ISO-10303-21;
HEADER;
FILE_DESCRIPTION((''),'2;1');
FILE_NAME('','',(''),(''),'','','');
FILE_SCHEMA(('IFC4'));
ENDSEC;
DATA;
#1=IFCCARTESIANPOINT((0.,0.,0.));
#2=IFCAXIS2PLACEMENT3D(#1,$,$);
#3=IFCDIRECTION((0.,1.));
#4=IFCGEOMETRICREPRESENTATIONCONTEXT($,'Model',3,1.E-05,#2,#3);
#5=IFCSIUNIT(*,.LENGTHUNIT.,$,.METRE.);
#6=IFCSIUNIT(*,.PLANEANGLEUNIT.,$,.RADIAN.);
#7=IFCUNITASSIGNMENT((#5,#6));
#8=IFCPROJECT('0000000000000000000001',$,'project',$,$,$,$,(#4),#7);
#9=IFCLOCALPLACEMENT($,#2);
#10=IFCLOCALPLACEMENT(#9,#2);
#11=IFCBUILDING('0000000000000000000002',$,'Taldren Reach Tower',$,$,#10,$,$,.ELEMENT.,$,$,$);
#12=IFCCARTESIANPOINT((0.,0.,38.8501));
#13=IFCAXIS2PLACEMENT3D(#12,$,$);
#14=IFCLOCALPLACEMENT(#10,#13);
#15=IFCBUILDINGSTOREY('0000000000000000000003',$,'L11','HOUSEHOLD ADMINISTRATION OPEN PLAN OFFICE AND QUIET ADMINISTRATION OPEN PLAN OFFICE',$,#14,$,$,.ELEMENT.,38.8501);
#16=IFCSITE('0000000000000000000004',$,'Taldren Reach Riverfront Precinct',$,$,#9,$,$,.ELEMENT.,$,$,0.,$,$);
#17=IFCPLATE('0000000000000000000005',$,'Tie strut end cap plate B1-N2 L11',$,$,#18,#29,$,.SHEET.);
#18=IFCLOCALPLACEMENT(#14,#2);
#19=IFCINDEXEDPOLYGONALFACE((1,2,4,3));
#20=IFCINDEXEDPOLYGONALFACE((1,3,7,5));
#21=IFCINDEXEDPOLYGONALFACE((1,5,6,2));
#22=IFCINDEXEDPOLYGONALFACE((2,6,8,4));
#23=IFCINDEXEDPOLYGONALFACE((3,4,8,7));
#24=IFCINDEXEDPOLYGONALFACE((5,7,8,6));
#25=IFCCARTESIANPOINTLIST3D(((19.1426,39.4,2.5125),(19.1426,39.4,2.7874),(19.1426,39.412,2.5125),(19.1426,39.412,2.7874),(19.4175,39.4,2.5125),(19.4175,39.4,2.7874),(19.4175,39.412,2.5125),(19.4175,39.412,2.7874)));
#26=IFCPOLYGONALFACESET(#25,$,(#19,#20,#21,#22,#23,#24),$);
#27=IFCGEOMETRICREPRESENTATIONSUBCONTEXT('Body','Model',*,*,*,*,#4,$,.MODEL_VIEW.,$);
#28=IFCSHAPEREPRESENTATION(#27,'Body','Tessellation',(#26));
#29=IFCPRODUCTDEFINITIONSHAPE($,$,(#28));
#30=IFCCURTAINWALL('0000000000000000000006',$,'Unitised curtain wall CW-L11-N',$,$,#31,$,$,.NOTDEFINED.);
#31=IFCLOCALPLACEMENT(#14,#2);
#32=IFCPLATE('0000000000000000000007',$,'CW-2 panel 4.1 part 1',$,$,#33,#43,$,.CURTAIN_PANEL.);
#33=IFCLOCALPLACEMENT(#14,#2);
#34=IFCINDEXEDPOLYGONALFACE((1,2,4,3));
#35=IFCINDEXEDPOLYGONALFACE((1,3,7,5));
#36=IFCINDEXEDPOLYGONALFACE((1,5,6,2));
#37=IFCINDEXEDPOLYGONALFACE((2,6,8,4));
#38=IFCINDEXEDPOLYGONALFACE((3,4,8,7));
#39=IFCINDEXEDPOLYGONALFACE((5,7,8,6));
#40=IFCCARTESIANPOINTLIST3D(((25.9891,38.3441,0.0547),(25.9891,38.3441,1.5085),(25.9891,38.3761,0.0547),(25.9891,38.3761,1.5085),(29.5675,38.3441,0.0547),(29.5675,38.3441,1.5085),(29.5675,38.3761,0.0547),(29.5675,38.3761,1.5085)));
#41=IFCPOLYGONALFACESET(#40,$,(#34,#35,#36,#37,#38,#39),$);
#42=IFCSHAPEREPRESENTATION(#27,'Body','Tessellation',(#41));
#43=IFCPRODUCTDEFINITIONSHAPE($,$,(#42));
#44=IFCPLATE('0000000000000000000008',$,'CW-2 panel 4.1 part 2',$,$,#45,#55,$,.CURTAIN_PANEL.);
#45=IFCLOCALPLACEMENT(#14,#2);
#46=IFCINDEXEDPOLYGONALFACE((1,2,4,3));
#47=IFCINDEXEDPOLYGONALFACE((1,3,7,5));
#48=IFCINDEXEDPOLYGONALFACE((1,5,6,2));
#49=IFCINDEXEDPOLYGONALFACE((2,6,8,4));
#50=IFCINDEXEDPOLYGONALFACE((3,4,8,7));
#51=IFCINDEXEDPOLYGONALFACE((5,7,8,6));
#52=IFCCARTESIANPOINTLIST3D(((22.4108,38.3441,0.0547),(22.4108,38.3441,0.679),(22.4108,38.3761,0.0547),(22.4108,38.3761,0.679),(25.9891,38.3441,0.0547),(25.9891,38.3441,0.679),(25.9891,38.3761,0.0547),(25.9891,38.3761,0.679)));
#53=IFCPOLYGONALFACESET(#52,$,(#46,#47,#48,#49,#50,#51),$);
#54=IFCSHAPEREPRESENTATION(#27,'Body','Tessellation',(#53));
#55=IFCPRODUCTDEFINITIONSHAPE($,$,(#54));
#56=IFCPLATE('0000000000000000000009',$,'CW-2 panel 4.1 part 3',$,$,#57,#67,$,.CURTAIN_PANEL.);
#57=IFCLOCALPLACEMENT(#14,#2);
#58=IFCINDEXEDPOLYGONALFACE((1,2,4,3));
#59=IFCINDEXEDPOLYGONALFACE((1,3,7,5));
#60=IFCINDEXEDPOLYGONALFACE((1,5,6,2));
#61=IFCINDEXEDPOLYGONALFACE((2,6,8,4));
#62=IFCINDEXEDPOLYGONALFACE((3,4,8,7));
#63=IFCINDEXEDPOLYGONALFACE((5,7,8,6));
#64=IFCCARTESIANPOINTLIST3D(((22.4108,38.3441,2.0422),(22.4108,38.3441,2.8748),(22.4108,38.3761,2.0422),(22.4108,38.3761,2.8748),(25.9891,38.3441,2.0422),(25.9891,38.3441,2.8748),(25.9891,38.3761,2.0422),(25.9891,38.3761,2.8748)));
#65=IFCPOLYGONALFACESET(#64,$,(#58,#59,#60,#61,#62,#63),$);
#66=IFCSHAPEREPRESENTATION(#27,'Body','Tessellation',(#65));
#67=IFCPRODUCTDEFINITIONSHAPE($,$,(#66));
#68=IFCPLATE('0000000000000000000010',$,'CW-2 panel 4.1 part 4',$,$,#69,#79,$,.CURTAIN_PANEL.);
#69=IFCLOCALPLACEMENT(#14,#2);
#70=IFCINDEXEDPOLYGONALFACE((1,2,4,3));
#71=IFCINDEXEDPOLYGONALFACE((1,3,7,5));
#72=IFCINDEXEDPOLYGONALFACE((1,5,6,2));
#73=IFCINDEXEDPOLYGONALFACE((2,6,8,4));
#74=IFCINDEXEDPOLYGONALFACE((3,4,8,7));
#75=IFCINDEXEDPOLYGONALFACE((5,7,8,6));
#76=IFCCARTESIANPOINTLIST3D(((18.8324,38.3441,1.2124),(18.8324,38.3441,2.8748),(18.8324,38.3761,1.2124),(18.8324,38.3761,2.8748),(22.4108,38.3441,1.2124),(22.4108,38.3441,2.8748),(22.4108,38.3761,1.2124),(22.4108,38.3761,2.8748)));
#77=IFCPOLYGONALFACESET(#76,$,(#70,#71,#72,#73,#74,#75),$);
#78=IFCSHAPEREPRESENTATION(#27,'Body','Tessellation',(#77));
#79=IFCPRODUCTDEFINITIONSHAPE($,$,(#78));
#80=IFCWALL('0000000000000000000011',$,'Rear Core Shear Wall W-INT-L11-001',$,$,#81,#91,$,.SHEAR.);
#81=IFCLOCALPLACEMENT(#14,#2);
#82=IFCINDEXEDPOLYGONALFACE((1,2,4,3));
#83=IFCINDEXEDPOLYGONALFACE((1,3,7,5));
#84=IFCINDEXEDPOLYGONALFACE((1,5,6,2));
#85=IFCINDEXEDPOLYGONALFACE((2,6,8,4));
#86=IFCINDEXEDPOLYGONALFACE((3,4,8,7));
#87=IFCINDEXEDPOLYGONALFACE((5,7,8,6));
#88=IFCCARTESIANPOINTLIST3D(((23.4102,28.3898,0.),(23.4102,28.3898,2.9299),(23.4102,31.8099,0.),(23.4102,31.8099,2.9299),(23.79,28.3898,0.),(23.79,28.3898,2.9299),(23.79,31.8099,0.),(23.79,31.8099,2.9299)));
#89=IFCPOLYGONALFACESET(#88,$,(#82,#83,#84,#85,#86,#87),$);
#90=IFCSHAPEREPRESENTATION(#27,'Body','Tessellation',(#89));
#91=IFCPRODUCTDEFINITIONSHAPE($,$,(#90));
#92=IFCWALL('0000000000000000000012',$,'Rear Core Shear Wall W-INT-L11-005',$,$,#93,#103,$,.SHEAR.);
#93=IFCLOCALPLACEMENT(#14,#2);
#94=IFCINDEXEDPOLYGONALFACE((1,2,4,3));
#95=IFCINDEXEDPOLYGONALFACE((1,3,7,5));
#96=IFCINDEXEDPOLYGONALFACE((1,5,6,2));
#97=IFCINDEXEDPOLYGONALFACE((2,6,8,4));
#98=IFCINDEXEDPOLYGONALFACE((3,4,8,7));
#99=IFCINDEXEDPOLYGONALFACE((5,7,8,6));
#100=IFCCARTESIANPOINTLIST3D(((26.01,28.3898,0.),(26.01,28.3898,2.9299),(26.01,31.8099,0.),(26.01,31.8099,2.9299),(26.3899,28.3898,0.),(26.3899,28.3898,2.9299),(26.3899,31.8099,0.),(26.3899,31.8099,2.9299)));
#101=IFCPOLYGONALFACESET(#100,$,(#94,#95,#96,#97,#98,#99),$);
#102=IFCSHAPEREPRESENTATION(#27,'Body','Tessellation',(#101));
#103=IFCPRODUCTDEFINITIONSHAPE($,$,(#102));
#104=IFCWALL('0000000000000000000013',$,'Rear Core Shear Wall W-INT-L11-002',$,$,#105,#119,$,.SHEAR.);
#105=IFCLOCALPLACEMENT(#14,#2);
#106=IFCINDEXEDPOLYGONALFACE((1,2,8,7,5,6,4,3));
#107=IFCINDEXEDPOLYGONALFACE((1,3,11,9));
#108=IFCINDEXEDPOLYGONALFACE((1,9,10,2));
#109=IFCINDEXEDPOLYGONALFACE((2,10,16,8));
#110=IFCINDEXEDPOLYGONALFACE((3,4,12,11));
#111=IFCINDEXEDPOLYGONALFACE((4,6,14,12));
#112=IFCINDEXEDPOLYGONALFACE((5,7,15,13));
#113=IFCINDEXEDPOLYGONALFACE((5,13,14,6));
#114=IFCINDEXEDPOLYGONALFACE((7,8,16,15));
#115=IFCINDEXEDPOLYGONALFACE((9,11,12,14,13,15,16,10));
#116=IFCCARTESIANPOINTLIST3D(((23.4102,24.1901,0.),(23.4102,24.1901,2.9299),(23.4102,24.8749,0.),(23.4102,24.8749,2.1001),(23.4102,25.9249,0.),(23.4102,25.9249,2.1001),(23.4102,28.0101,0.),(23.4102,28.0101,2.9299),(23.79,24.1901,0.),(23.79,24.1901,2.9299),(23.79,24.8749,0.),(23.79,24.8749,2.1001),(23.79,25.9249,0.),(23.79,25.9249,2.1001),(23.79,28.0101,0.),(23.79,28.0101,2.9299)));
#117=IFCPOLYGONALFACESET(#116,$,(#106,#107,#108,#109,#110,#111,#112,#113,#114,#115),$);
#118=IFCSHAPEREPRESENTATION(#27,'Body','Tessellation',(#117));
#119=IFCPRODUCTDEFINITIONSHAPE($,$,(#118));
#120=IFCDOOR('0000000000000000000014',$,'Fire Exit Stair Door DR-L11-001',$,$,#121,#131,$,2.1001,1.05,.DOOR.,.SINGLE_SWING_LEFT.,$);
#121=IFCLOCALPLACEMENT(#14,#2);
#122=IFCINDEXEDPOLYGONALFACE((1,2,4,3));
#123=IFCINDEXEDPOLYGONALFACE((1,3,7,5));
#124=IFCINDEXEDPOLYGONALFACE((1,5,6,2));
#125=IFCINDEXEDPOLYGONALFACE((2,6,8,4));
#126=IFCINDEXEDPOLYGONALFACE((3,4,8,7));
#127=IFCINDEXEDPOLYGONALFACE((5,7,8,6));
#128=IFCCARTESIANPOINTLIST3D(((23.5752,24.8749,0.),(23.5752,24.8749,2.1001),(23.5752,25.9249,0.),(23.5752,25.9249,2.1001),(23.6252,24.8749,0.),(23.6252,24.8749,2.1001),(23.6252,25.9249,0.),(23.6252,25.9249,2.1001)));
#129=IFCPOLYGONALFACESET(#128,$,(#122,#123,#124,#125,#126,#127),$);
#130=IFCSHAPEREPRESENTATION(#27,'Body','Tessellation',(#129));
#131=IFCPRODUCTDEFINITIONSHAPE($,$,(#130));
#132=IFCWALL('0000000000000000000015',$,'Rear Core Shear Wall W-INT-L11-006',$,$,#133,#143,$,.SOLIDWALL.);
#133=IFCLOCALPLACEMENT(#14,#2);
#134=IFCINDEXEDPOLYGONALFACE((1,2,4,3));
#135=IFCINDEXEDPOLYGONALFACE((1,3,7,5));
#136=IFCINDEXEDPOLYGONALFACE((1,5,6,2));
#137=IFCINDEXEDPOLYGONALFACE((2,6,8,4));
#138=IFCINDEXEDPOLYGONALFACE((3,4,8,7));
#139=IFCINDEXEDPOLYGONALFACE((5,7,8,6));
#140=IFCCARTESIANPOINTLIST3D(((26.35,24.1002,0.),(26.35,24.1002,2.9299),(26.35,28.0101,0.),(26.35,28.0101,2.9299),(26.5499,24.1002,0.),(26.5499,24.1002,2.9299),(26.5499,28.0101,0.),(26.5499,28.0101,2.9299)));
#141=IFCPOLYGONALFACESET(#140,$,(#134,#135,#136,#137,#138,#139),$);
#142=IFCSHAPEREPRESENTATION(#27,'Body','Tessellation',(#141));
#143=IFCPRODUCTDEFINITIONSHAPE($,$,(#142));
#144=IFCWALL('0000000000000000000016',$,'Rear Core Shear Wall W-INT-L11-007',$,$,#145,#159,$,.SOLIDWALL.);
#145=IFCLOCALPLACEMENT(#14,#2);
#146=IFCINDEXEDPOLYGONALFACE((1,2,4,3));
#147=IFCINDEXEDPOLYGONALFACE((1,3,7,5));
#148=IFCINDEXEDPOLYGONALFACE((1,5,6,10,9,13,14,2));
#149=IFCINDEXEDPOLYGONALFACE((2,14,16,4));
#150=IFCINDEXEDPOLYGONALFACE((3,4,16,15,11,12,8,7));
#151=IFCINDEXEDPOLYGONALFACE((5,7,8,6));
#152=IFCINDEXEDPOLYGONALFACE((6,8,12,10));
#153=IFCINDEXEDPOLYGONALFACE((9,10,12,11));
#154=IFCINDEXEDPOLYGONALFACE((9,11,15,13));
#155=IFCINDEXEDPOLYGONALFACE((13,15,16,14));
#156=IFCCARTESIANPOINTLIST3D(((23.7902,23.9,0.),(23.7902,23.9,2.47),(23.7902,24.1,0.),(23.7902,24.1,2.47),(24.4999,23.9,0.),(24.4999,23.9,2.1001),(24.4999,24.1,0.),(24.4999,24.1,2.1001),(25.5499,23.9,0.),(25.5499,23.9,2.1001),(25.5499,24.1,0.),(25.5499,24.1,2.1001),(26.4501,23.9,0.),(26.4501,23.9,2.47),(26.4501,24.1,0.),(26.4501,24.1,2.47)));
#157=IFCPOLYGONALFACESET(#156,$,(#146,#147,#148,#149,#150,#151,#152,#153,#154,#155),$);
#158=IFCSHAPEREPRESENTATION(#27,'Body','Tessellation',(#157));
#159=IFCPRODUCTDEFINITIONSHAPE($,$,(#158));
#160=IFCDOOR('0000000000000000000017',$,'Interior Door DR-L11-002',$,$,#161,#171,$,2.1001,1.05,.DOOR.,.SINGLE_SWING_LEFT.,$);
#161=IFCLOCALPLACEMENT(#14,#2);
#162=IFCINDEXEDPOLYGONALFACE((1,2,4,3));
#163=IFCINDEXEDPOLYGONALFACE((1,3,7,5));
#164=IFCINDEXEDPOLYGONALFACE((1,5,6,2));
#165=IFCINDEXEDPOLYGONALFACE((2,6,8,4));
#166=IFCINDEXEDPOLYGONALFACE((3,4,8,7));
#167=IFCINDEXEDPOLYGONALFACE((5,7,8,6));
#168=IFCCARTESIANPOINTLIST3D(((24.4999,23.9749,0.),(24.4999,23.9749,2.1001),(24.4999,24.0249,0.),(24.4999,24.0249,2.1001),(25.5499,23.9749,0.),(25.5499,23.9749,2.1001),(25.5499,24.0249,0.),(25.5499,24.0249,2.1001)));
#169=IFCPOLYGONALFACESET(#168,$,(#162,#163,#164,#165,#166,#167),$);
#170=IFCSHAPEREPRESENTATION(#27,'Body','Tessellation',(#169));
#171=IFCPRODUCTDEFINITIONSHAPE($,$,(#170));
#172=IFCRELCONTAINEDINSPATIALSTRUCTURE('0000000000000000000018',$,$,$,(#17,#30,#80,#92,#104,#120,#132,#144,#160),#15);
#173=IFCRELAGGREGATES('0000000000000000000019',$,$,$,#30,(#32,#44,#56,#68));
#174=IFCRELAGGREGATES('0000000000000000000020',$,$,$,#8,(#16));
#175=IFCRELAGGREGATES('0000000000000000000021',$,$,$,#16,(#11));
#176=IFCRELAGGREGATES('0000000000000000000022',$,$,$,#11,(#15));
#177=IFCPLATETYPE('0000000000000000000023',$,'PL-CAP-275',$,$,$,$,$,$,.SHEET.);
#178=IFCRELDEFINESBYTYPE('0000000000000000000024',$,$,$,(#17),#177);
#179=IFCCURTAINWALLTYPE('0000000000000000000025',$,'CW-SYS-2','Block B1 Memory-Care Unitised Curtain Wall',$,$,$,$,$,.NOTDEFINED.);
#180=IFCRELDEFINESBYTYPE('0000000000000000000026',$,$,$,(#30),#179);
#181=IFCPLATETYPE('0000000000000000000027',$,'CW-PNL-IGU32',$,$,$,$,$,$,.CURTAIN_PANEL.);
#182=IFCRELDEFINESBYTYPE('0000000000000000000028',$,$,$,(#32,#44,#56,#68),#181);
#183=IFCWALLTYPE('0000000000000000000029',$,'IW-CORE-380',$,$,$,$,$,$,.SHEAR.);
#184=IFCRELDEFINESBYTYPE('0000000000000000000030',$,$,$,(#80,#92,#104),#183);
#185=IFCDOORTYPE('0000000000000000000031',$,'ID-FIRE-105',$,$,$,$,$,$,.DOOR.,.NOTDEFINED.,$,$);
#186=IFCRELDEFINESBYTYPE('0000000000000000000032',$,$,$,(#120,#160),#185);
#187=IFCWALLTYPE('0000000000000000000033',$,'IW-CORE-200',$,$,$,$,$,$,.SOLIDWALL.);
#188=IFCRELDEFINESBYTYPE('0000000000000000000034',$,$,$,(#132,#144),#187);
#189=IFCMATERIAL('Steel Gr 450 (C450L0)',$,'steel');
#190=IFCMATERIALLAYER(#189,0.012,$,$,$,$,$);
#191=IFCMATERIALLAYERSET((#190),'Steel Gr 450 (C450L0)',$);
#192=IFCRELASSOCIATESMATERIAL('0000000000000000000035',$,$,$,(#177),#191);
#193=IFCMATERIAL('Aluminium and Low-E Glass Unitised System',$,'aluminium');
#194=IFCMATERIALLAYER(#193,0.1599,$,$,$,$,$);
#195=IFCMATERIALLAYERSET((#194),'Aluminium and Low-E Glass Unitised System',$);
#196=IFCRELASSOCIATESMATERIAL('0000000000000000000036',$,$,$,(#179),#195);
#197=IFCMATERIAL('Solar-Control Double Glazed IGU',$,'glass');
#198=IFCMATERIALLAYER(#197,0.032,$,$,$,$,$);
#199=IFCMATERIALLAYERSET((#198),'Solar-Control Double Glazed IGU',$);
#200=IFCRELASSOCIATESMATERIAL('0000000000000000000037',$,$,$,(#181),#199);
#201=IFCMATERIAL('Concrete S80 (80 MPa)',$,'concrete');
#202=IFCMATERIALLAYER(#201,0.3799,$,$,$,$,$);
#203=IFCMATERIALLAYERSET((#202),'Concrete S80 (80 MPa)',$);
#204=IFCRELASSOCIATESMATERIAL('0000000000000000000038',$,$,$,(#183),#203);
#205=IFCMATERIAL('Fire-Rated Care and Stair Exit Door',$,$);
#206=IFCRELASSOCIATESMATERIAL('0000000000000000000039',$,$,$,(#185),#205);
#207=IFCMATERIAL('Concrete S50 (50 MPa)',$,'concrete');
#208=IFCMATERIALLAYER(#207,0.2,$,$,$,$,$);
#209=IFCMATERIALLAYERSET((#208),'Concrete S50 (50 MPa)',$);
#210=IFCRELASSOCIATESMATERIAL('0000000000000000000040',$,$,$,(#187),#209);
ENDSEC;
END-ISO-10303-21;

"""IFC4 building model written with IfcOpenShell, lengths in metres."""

from ifc_helpers import new_model, si_unit, direction, frame, frame_2d, origin, origin_2d, place, context, subcontext, project, spatial, rectangle, extrude, source, transform, mapped, material, layer, layer_set, type_object, element, fill, aggregate, save


model = new_model("IFC4")

# Units and contexts
model_context = context("Model", 3, precision=1e-05, world=origin(), true_north=direction((0.0, 1.0)))
body_context = subcontext(model_context, "Body", "Model", "MODEL_VIEW")
ifc_project = project(units=[si_unit("LENGTHUNIT", "METRE"), si_unit("PLANEANGLEUNIT", "RADIAN")], contexts=[model_context])

# Site, building, storey
site_placement = place(None, origin())
site = spatial("IfcSite", under=ifc_project, at=site_placement, Name="Taldren Reach Riverfront Precinct", CompositionType="ELEMENT", RefElevation=0.0)
building_placement = place(site_placement, origin())
building = spatial("IfcBuilding", under=site, at=building_placement, Name="Taldren Reach Tower", CompositionType="ELEMENT")
storey_placement = place(building_placement, frame((0.0, 0.0, 38.8501)))
storey = spatial("IfcBuildingStorey", under=building, at=storey_placement, Name="L11", Description="HOUSEHOLD ADMINISTRATION OPEN PLAN OFFICE AND QUIET ADMINISTRATION OPEN PLAN OFFICE", CompositionType="ELEMENT", Elevation=38.8501)

# Shared definitions
ifc_material_1 = material(Name="Steel Gr 450 (C450L0)", Category="steel")

# Plate
ifc_layer_1 = layer(ifc_material_1, 0.012)
ifc_layer_set_1 = layer_set([ifc_layer_1], Name="Steel Gr 450 (C450L0)")
plate_type_1 = type_object("IfcPlateType", Name="PL-CAP-275", PredefinedType="SHEET", material=ifc_layer_set_1)
shared_shape_1 = source(origin(), body_context, "Body", "SweptSolid", [
    extrude(rectangle(XDim=0.2749, YDim=0.012, at=origin_2d()), origin(), (0.0, 0.0, 1.0), 0.2749),
])
plate_1_placement = place(storey_placement, frame((19.28, 39.406, 2.5125), z_axis=(0.0, 0.0, 1.0), x_axis=(1.0, 0.0, 0.0)))
element("IfcPlate", 1, at=plate_1_placement, inside=storey, type_object=plate_type_1, Name="Tie strut end cap plate B1-N2 L11", PredefinedType="SHEET", context=body_context, shape_type="MappedRepresentation", body=[
    mapped(shared_shape_1, transform((0.0, 0.0, 0.0), scale=1.0)),
])

# Curtain wall, plates
ifc_material_2 = material(Name="Aluminium and Low-E Glass Unitised System", Category="aluminium")
ifc_layer_2 = layer(ifc_material_2, 0.1599)
ifc_layer_set_2 = layer_set([ifc_layer_2], Name="Aluminium and Low-E Glass Unitised System")
curtain_wall_type = type_object("IfcCurtainWallType", Name="CW-SYS-2", Description="Block B1 Memory-Care Unitised Curtain Wall", PredefinedType="NOTDEFINED", material=ifc_layer_set_2)
curtain_wall_placement = place(storey_placement, origin())
curtain_wall = element("IfcCurtainWall", 2, at=curtain_wall_placement, inside=storey, type_object=curtain_wall_type, Name="Unitised curtain wall CW-L11-N", PredefinedType="NOTDEFINED")
ifc_material_3 = material(Name="Solar-Control Double Glazed IGU", Category="glass")
ifc_layer_3 = layer(ifc_material_3, 0.032)
ifc_layer_set_3 = layer_set([ifc_layer_3], Name="Solar-Control Double Glazed IGU")
plate_type_2 = type_object("IfcPlateType", Name="CW-PNL-IGU32", PredefinedType="CURTAIN_PANEL", material=ifc_layer_set_3)
shared_shape_2 = source(origin(), body_context, "Body", "SweptSolid", [
    extrude(rectangle(XDim=3.5784, YDim=0.032, at=origin_2d()), origin(), (0.0, 0.0, 1.0), 1.4539),
])
plate_2_placement = place(storey_placement, frame((27.7783, 38.3601, 0.0547), z_axis=(0.0, 0.0, 1.0), x_axis=(-1.0, 0.0, 0.0)))
plate_2 = element("IfcPlate", 3, at=plate_2_placement, type_object=plate_type_2, Name="CW-2 panel 4.1 part 1", PredefinedType="CURTAIN_PANEL", context=body_context, shape_type="MappedRepresentation", body=[
    mapped(shared_shape_2, transform((0.0, 0.0, 0.0), scale=1.0)),
])
shared_shape_3 = source(origin(), body_context, "Body", "SweptSolid", [
    extrude(rectangle(XDim=3.5784, YDim=0.032, at=origin_2d()), origin(), (0.0, 0.0, 1.0), 0.6243),
])
plate_3_placement = place(storey_placement, frame((24.2, 38.3601, 0.0547), z_axis=(0.0, 0.0, 1.0), x_axis=(-1.0, 0.0, 0.0)))
plate_3 = element("IfcPlate", 4, at=plate_3_placement, type_object=plate_type_2, Name="CW-2 panel 4.1 part 2", PredefinedType="CURTAIN_PANEL", context=body_context, shape_type="MappedRepresentation", body=[
    mapped(shared_shape_3, transform((0.0, 0.0, 0.0), scale=1.0)),
])
shared_shape_4 = source(origin(), body_context, "Body", "SweptSolid", [
    extrude(rectangle(XDim=3.5784, YDim=0.032, at=origin_2d()), origin(), (0.0, 0.0, 1.0), 0.8325),
])
plate_4_placement = place(storey_placement, frame((24.2, 38.3601, 2.0422), z_axis=(0.0, 0.0, 1.0), x_axis=(-1.0, 0.0, 0.0)))
plate_4 = element("IfcPlate", 5, at=plate_4_placement, type_object=plate_type_2, Name="CW-2 panel 4.1 part 3", PredefinedType="CURTAIN_PANEL", context=body_context, shape_type="MappedRepresentation", body=[
    mapped(shared_shape_4, transform((0.0, 0.0, 0.0), scale=1.0)),
])
shared_shape_5 = source(origin(), body_context, "Body", "SweptSolid", [
    extrude(rectangle(XDim=3.5784, YDim=0.032, at=origin_2d()), origin(), (0.0, 0.0, 1.0), 1.6624),
])
plate_5_placement = place(storey_placement, frame((20.6216, 38.3601, 1.2124), z_axis=(0.0, 0.0, 1.0), x_axis=(-1.0, 0.0, 0.0)))
plate_5 = element("IfcPlate", 6, at=plate_5_placement, type_object=plate_type_2, Name="CW-2 panel 4.1 part 4", PredefinedType="CURTAIN_PANEL", context=body_context, shape_type="MappedRepresentation", body=[
    mapped(shared_shape_5, transform((0.0, 0.0, 0.0), scale=1.0)),
])
aggregate(curtain_wall, [plate_2, plate_3, plate_4, plate_5])

# Walls
ifc_material_4 = material(Name="Concrete S80 (80 MPa)", Category="concrete")
ifc_layer_4 = layer(ifc_material_4, 0.3799)
ifc_layer_set_4 = layer_set([ifc_layer_4], Name="Concrete S80 (80 MPa)")
wall_type_1 = type_object("IfcWallType", Name="IW-CORE-380", PredefinedType="SHEAR", material=ifc_layer_set_4)
shared_shape_6 = source(origin(), body_context, "Body", "SweptSolid", [
    extrude(rectangle(XDim=3.4202, YDim=0.3799, at=frame_2d((1.71, 0.0))), origin(), (0.0, 0.0, 1.0), 2.9299),
])
for number, where, z_axis, x_axis, name in (
    (7, (23.6001, 28.3899, 0.0), (0.0, 0.0, 1.0), (0.0, 1.0, 0.0), "Rear Core Shear Wall W-INT-L11-001"),
    (8, (26.2, 28.3899, 0.0), (0.0, 0.0, 1.0), (0.0, 1.0, 0.0), "Rear Core Shear Wall W-INT-L11-005"),
):
    element("IfcWall", number, at=place(storey_placement, frame(where, z_axis=z_axis, x_axis=x_axis)), inside=storey, type_object=wall_type_1, Name=name, PredefinedType="SHEAR", context=body_context, shape_type="MappedRepresentation", body=[
        mapped(shared_shape_6, transform((0.0, 0.0, 0.0), scale=1.0)),
    ])

# Wall, opening, door
shared_shape_7 = source(origin(), body_context, "Body", "SweptSolid", [
    extrude(rectangle(XDim=3.8201, YDim=0.3799, at=frame_2d((1.9102, 0.0))), origin(), (0.0, 0.0, 1.0), 2.9299),
])
wall_1_placement = place(storey_placement, frame((23.6001, 24.1899, 0.0), z_axis=(0.0, 0.0, 1.0), x_axis=(0.0, 1.0, 0.0)))
wall_1 = element("IfcWall", 9, at=wall_1_placement, inside=storey, type_object=wall_type_1, Name="Rear Core Shear Wall W-INT-L11-002", PredefinedType="SHEAR", context=body_context, shape_type="MappedRepresentation", body=[
    mapped(shared_shape_7, transform((0.0, 0.0, 0.0), scale=1.0)),
])
shared_shape_8 = source(origin(), body_context, "Body", "SweptSolid", [
    extrude(rectangle(XDim=1.05, YDim=2.1001, at=frame_2d((0.5249, 1.05))), frame((0.0, 0.2, 0.0), z_axis=(0.0, -1.0, 0.0), x_axis=(1.0, 0.0, 0.0)), (0.0, 0.0, 1.0), 0.3999),
])
opening_1_placement = place(wall_1_placement, frame((0.6851, 0.0, 0.0)))
opening_1 = element("IfcOpeningElement", 10, at=opening_1_placement, cuts=wall_1, PredefinedType="OPENING", context=body_context, shape_type="MappedRepresentation", body=[
    mapped(shared_shape_8, transform((0.0, 0.0, 0.0), scale=1.0)),
])
ifc_material_5 = material(Name="Fire-Rated Care and Stair Exit Door")
door_type_1 = type_object("IfcDoorType", Name="ID-FIRE-105", OperationType="NOTDEFINED", PredefinedType="DOOR", material=ifc_material_5)
shared_shape_9 = source(origin(), body_context, "Body", "SweptSolid", [
    extrude(rectangle(XDim=1.05, YDim=2.1001, at=frame_2d((0.5249, 1.05))), frame((0.0, 0.0249, 0.0), z_axis=(0.0, -1.0, 0.0), x_axis=(1.0, 0.0, 0.0)), (0.0, 0.0, 1.0), 0.05),
])
door_1_placement = place(opening_1_placement, origin())
door_1 = element("IfcDoor", 11, at=door_1_placement, inside=storey, type_object=door_type_1, Name="Fire Exit Stair Door DR-L11-001", OperationType="SINGLE_SWING_LEFT", OverallHeight=2.1001, OverallWidth=1.05, PredefinedType="DOOR", context=body_context, shape_type="MappedRepresentation", body=[
    mapped(shared_shape_9, transform((0.0, 0.0, 0.0), scale=1.0)),
])
fill(opening_1, door_1)

# Wall
ifc_material_6 = material(Name="Concrete S50 (50 MPa)", Category="concrete")
ifc_layer_5 = layer(ifc_material_6, 0.2)
ifc_layer_set_5 = layer_set([ifc_layer_5], Name="Concrete S50 (50 MPa)")
wall_type_2 = type_object("IfcWallType", Name="IW-CORE-200", PredefinedType="SOLIDWALL", material=ifc_layer_set_5)
shared_shape_10 = source(origin(), body_context, "Body", "SweptSolid", [
    extrude(rectangle(XDim=3.9099, YDim=0.2, at=frame_2d((1.9551, 0.0))), origin(), (0.0, 0.0, 1.0), 2.9299),
])
wall_2_placement = place(storey_placement, frame((26.45, 24.1001, 0.0), z_axis=(0.0, 0.0, 1.0), x_axis=(0.0, 1.0, 0.0)))
element("IfcWall", 12, at=wall_2_placement, inside=storey, type_object=wall_type_2, Name="Rear Core Shear Wall W-INT-L11-006", PredefinedType="SOLIDWALL", context=body_context, shape_type="MappedRepresentation", body=[
    mapped(shared_shape_10, transform((0.0, 0.0, 0.0), scale=1.0)),
])

# Wall, opening, door
shared_shape_11 = source(origin(), body_context, "Body", "SweptSolid", [
    extrude(rectangle(XDim=2.6599, YDim=0.2, at=frame_2d((1.3301, 0.0))), origin(), (0.0, 0.0, 1.0), 2.47),
])
wall_3_placement = place(storey_placement, frame((23.79, 24.0, 0.0), z_axis=(0.0, 0.0, 1.0), x_axis=(1.0, 0.0, 0.0)))
wall_3 = element("IfcWall", 13, at=wall_3_placement, inside=storey, type_object=wall_type_2, Name="Rear Core Shear Wall W-INT-L11-007", PredefinedType="SOLIDWALL", context=body_context, shape_type="MappedRepresentation", body=[
    mapped(shared_shape_11, transform((0.0, 0.0, 0.0), scale=1.0)),
])
shared_shape_12 = source(origin(), body_context, "Body", "SweptSolid", [
    extrude(rectangle(XDim=1.05, YDim=2.1001, at=frame_2d((0.5249, 1.05))), frame((0.0, 0.1099, 0.0), z_axis=(0.0, -1.0, 0.0), x_axis=(1.0, 0.0, 0.0)), (0.0, 0.0, 1.0), 0.22),
])
opening_2_placement = place(wall_3_placement, frame((0.71, 0.0, 0.0)))
opening_2 = element("IfcOpeningElement", 14, at=opening_2_placement, cuts=wall_3, PredefinedType="OPENING", context=body_context, shape_type="MappedRepresentation", body=[
    mapped(shared_shape_12, transform((0.0, 0.0, 0.0), scale=1.0)),
])
door_2_placement = place(opening_2_placement, origin())
door_2 = element("IfcDoor", 15, at=door_2_placement, inside=storey, type_object=door_type_1, Name="Interior Door DR-L11-002", OperationType="SINGLE_SWING_LEFT", OverallHeight=2.1001, OverallWidth=1.05, PredefinedType="DOOR", context=body_context, shape_type="MappedRepresentation", body=[
    mapped(shared_shape_9, transform((0.0, 0.0, 0.0), scale=1.0)),
])
fill(opening_2, door_2)

save(model, "model.ifc")
